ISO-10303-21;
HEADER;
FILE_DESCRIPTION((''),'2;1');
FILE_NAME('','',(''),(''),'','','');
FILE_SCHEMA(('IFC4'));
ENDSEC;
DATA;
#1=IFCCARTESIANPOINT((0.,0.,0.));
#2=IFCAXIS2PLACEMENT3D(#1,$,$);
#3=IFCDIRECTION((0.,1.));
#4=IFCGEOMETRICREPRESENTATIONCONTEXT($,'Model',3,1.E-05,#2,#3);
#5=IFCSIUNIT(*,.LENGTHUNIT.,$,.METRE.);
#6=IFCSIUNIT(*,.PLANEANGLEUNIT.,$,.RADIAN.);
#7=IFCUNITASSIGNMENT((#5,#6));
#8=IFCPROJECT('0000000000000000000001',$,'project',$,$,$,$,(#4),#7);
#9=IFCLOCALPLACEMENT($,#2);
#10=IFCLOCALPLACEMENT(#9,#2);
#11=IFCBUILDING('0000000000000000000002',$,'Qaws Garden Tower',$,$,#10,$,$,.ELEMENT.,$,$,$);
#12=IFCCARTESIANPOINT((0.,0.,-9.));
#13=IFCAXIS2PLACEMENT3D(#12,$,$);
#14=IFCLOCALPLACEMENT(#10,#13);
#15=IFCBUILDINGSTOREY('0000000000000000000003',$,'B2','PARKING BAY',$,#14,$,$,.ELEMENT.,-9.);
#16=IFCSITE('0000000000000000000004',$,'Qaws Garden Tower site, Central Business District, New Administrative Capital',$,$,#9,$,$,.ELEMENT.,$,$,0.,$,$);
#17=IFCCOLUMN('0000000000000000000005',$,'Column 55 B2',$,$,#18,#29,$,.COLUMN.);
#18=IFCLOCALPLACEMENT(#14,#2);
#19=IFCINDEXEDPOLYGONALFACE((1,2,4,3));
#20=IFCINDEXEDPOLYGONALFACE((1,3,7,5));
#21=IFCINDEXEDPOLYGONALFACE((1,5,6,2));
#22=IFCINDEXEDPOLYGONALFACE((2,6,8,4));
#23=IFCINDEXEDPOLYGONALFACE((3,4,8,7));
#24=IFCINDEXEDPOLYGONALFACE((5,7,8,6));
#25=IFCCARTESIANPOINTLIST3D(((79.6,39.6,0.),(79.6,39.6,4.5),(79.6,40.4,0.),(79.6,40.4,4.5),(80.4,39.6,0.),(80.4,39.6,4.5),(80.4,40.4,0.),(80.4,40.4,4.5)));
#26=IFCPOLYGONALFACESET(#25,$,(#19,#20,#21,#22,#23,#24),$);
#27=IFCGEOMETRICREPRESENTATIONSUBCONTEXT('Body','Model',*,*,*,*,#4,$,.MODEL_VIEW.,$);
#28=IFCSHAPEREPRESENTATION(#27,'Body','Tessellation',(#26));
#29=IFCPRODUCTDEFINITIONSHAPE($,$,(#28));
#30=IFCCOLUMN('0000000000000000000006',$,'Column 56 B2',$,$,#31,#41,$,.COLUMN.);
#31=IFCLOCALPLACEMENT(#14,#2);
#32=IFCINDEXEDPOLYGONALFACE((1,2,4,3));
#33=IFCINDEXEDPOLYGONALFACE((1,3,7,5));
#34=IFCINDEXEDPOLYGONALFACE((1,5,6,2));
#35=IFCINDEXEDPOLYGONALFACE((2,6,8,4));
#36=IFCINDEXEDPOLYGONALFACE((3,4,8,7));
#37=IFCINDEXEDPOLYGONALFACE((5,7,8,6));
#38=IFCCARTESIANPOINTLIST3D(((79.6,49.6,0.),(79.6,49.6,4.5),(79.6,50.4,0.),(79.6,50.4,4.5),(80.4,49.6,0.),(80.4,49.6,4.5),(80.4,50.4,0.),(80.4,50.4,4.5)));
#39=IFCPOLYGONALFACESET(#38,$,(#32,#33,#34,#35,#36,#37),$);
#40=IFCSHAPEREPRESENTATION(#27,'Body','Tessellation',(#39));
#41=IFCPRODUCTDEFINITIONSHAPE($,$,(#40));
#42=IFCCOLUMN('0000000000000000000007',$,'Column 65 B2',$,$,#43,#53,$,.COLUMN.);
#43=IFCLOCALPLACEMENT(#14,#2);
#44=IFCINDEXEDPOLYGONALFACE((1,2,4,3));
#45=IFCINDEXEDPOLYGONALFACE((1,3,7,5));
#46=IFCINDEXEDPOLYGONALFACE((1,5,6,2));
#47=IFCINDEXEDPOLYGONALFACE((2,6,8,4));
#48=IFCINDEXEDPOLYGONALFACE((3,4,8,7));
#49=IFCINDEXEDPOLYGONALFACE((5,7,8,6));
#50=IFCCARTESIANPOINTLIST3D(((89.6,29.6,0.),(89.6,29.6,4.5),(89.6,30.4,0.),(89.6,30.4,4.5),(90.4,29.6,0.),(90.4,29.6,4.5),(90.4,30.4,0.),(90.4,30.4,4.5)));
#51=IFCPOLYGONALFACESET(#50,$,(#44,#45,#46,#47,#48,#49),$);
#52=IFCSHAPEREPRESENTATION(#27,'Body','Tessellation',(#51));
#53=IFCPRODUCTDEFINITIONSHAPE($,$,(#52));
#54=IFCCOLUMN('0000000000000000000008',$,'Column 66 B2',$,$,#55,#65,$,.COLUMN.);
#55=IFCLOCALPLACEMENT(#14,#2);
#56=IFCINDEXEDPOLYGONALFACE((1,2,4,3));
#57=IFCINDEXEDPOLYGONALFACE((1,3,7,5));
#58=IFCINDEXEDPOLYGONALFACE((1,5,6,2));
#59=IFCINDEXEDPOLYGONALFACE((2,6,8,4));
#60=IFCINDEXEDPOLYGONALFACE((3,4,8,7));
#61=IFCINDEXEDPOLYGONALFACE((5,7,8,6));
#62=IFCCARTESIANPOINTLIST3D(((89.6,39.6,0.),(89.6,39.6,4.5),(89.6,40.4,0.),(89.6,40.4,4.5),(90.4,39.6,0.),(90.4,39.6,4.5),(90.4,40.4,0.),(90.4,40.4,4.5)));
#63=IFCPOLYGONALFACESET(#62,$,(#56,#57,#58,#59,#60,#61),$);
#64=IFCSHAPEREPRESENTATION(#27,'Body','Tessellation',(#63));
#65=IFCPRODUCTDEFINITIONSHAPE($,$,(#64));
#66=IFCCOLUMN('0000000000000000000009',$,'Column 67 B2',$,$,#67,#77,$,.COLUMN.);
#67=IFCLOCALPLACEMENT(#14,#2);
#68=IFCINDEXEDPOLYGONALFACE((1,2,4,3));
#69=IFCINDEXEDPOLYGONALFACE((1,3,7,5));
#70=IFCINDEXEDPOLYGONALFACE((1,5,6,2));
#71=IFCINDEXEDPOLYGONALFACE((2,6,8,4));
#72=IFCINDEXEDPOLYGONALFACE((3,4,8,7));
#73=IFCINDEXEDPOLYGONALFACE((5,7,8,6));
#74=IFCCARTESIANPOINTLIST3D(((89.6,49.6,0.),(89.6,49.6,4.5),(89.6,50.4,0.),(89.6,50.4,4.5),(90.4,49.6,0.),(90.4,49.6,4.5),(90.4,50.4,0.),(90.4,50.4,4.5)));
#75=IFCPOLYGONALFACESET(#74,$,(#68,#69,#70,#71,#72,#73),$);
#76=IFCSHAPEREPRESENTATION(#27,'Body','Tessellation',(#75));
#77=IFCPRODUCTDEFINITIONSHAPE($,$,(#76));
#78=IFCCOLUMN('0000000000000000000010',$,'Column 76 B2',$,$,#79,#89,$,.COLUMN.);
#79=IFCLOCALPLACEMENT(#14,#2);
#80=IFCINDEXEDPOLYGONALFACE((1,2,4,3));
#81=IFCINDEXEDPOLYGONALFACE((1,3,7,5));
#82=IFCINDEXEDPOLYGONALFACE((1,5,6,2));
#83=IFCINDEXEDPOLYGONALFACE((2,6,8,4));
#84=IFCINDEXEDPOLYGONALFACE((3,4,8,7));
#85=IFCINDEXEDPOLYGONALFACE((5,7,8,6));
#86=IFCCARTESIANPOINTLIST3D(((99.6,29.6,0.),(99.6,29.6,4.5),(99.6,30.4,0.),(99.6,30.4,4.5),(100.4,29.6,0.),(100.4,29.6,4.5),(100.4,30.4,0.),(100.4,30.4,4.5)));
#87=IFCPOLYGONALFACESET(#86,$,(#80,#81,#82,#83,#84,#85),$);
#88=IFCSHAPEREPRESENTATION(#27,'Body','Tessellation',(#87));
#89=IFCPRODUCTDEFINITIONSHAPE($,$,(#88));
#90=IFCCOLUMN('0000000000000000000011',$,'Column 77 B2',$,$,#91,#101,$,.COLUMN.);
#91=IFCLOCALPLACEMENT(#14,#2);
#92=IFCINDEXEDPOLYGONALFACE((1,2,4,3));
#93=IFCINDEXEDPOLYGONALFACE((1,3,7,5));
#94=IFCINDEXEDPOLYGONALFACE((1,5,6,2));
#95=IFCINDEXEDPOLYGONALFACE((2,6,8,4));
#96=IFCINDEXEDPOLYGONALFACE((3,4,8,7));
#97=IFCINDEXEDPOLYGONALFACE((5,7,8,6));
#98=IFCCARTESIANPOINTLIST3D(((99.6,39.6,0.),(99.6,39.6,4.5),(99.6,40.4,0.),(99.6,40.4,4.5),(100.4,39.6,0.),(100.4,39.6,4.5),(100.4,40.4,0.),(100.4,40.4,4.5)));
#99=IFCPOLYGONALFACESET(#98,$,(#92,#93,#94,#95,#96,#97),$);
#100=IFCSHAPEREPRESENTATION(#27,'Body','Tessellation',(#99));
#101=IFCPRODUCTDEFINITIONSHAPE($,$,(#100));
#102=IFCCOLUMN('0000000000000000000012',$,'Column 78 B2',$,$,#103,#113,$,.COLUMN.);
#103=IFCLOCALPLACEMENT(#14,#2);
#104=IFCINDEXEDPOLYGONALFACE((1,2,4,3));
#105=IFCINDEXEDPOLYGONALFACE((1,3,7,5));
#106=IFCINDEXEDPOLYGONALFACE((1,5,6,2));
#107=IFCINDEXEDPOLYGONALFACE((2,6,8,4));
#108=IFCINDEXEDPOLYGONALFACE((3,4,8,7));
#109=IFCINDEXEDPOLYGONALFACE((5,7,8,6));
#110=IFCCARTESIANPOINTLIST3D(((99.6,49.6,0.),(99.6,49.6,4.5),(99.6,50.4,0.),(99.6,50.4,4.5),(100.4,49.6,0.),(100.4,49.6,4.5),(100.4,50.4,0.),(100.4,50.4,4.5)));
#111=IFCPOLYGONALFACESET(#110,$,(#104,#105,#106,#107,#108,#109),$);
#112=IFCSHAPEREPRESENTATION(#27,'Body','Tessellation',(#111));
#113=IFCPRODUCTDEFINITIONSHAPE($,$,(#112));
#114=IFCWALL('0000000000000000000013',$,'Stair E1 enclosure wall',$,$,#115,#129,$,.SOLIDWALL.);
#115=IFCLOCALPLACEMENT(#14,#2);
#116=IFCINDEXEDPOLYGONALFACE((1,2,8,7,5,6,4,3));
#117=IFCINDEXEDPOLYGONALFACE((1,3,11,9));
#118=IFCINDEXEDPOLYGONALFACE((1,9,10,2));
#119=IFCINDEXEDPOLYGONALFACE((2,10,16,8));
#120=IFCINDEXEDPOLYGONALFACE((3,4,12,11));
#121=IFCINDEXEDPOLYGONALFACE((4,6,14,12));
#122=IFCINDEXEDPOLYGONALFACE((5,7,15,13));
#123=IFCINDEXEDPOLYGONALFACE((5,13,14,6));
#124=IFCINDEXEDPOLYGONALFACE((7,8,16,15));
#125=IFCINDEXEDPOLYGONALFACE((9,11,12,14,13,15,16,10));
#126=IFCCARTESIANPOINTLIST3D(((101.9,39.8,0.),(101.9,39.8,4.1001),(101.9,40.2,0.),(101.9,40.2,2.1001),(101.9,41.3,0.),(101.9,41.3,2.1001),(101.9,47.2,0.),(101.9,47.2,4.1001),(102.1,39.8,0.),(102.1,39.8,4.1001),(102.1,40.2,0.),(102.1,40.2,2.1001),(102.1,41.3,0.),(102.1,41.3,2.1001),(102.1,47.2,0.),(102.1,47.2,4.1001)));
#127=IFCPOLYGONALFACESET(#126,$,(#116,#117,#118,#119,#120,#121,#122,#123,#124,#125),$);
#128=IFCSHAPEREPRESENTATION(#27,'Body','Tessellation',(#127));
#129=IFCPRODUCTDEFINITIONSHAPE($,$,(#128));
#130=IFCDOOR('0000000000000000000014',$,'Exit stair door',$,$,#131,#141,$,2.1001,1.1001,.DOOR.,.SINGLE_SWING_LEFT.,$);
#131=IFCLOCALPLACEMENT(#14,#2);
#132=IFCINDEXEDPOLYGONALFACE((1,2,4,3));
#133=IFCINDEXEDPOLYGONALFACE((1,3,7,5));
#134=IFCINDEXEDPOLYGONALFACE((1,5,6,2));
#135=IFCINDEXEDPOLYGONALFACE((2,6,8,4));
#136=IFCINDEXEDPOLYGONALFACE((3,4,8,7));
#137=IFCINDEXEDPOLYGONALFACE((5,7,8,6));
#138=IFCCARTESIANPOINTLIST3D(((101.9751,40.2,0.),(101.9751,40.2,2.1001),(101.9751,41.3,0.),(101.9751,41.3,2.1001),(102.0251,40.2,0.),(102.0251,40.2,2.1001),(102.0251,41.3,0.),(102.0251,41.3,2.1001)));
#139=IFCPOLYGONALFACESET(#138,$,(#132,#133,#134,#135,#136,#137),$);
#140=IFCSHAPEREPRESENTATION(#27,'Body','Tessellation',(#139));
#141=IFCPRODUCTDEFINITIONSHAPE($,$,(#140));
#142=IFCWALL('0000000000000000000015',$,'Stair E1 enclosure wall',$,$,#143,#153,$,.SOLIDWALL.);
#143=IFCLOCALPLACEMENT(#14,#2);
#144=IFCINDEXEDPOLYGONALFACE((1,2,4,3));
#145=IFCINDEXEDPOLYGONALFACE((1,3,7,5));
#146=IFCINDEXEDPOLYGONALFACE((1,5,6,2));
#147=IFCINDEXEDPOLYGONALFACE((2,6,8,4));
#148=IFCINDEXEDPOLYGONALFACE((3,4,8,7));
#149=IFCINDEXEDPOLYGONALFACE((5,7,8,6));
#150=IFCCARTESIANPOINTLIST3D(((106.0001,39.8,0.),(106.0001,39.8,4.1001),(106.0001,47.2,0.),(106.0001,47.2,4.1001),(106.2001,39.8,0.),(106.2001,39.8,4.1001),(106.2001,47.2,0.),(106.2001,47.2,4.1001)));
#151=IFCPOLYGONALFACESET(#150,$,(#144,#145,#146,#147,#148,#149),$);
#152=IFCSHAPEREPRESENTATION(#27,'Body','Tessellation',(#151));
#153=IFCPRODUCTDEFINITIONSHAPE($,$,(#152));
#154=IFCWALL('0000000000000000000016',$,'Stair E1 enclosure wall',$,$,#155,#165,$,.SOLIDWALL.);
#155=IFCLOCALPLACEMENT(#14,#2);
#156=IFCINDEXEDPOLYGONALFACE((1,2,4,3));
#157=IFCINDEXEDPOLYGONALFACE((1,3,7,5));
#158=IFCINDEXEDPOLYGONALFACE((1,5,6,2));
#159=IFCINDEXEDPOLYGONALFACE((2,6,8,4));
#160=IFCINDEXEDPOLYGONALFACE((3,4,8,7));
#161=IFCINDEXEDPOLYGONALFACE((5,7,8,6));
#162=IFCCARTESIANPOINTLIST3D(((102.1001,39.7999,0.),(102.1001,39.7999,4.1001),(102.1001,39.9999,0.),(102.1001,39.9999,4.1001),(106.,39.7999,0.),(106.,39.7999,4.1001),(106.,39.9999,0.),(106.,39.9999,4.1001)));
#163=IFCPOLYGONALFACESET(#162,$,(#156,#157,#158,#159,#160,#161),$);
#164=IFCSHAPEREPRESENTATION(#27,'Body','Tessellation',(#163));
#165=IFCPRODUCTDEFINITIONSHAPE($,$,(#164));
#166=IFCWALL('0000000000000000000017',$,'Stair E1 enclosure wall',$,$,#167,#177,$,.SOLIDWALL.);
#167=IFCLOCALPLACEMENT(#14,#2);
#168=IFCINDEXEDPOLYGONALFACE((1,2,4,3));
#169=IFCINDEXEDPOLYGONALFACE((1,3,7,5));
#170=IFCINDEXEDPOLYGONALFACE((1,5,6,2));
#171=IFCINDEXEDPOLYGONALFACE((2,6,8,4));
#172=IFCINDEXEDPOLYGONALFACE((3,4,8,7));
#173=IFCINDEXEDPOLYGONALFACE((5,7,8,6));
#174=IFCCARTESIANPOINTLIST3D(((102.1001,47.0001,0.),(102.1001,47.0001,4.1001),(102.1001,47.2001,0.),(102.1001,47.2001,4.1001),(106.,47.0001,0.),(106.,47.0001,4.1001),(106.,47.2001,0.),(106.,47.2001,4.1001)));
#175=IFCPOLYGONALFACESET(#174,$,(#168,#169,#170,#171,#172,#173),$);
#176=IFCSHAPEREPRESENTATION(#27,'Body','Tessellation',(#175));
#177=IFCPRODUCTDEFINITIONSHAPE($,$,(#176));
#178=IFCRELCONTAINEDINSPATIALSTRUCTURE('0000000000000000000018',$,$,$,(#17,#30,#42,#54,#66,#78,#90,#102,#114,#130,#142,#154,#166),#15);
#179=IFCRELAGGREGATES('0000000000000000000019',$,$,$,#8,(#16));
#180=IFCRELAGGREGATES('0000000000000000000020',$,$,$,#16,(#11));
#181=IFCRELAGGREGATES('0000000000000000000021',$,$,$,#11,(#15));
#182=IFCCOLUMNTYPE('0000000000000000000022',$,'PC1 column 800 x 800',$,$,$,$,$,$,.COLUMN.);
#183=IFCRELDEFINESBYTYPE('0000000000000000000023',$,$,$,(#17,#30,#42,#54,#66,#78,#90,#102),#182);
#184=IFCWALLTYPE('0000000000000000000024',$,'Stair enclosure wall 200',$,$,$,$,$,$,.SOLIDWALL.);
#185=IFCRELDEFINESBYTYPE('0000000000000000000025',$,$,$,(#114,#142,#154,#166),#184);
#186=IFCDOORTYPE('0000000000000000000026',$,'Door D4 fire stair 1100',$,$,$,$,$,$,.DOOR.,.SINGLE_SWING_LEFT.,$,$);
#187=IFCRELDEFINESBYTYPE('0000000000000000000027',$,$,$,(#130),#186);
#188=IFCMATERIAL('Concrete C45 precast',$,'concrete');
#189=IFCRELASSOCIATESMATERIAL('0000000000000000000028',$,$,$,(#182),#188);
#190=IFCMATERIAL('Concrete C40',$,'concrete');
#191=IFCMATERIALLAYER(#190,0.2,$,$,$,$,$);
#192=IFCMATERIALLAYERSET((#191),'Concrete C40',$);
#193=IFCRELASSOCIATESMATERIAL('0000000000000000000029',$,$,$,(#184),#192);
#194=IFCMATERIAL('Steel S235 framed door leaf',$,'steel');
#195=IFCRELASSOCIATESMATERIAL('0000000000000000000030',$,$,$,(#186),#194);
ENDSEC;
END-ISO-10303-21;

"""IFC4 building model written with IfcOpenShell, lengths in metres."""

from ifc_helpers import new_model, si_unit, direction, frame, frame_2d, origin, origin_2d, place, context, subcontext, project, spatial, rectangle, extrude, material, layer, layer_set, material_profile, profile_set, type_object, element, fill, save


model = new_model("IFC4")

# Units and contexts
model_context = context("Model", 3, precision=1e-05, world=origin(), true_north=direction((0.0, 1.0)))
body_context = subcontext(model_context, "Body", "Model", "MODEL_VIEW")
ifc_project = project(units=[si_unit("LENGTHUNIT", "METRE"), si_unit("PLANEANGLEUNIT", "RADIAN")], contexts=[model_context])

# Site, building, storey
site_placement = place(None, origin())
site = spatial("IfcSite", under=ifc_project, at=site_placement, Name="Qaws Garden Tower site, Central Business District, New Administrative Capital", CompositionType="ELEMENT", RefElevation=0.0)
building_placement = place(site_placement, origin())
building = spatial("IfcBuilding", under=site, at=building_placement, Name="Qaws Garden Tower", CompositionType="ELEMENT")
storey_placement = place(building_placement, frame((0.0, 0.0, -9.0)))
storey = spatial("IfcBuildingStorey", under=building, at=storey_placement, Name="B2", Description="PARKING BAY", CompositionType="ELEMENT", Elevation=-9.0)

# Columns
ifc_material_1 = material(Name="Concrete C45 precast", Category="concrete")
ifc_material_profile_1 = material_profile(ifc_material_1, rectangle(XDim=0.8, YDim=0.8, at=origin_2d()), Name="PC1 column 800 x 800")
ifc_profile_set_1 = profile_set([ifc_material_profile_1], Name="Concrete C45 precast")
column_type_1 = type_object("IfcColumnType", Name="PC1 column 800 x 800", PredefinedType="COLUMN", material=ifc_profile_set_1)
for number, where, z_axis, x_axis, name in (
    (1, (80.0, 40.0, 0.0), (0.0, 0.0, 1.0), (1.0, 0.0, 0.0), "Column 55 B2"),
    (2, (80.0, 50.0, 0.0), (0.0, 0.0, 1.0), (1.0, 0.0, 0.0), "Column 56 B2"),
    (3, (90.0, 30.0, 0.0), (0.0, 0.0, 1.0), (1.0, 0.0, 0.0), "Column 65 B2"),
    (4, (90.0, 40.0, 0.0), (0.0, 0.0, 1.0), (1.0, 0.0, 0.0), "Column 66 B2"),
    (5, (90.0, 50.0, 0.0), (0.0, 0.0, 1.0), (1.0, 0.0, 0.0), "Column 67 B2"),
    (6, (100.0, 30.0, 0.0), (0.0, 0.0, 1.0), (1.0, 0.0, 0.0), "Column 76 B2"),
    (7, (100.0, 40.0, 0.0), (0.0, 0.0, 1.0), (1.0, 0.0, 0.0), "Column 77 B2"),
    (8, (100.0, 50.0, 0.0), (0.0, 0.0, 1.0), (1.0, 0.0, 0.0), "Column 78 B2"),
):
    element("IfcColumn", number, at=place(storey_placement, frame(where, z_axis=z_axis, x_axis=x_axis)), inside=storey, type_object=column_type_1, Name=name, PredefinedType="COLUMN", context=body_context, shape_type="SweptSolid", body=[
        extrude(rectangle(XDim=0.8, YDim=0.8, at=origin_2d()), origin(), (0.0, 0.0, 1.0), 4.5),
    ])

# Wall, opening, door
ifc_material_2 = material(Name="Concrete C40", Category="concrete")
ifc_layer_1 = layer(ifc_material_2, 0.2)
ifc_layer_set_1 = layer_set([ifc_layer_1], Name="Concrete C40")
wall_type = type_object("IfcWallType", Name="Stair enclosure wall 200", PredefinedType="SOLIDWALL", material=ifc_layer_set_1)
wall_1_placement = place(storey_placement, frame((102.0, 39.8, 0.0), z_axis=(0.0, 0.0, 1.0), x_axis=(0.0, 1.0, 0.0)))
wall_1 = element("IfcWall", 9, at=wall_1_placement, inside=storey, type_object=wall_type, Name="Stair E1 enclosure wall", PredefinedType="SOLIDWALL", context=body_context, shape_type="SweptSolid", body=[
    extrude(rectangle(XDim=7.3999, YDim=0.2, at=frame_2d((3.7, 0.0))), origin(), (0.0, 0.0, 1.0), 4.1001),
])
opening_placement = place(wall_1_placement, frame((0.3999, 0.0, 0.0)))
opening = element("IfcOpeningElement", 10, at=opening_placement, cuts=wall_1, PredefinedType="OPENING", context=body_context, shape_type="SweptSolid", body=[
    extrude(rectangle(XDim=1.1001, YDim=2.1001, at=frame_2d((0.55, 1.05))), frame((0.0, 0.1099, 0.0), z_axis=(0.0, -1.0, 0.0), x_axis=(1.0, 0.0, 0.0)), (0.0, 0.0, 1.0), 0.22),
])
ifc_material_3 = material(Name="Steel S235 framed door leaf", Category="steel")
door_type = type_object("IfcDoorType", Name="Door D4 fire stair 1100", OperationType="SINGLE_SWING_LEFT", PredefinedType="DOOR", material=ifc_material_3)
door_placement = place(opening_placement, origin())
door = element("IfcDoor", 11, at=door_placement, inside=storey, type_object=door_type, Name="Exit stair door", OperationType="SINGLE_SWING_LEFT", OverallHeight=2.1001, OverallWidth=1.1001, PredefinedType="DOOR", context=body_context, shape_type="SweptSolid", body=[
    extrude(rectangle(XDim=1.1001, YDim=2.1001, at=frame_2d((0.55, 1.05))), frame((0.0, 0.0249, 0.0), z_axis=(0.0, -1.0, 0.0), x_axis=(1.0, 0.0, 0.0)), (0.0, 0.0, 1.0), 0.05),
])
fill(opening, door)

# Walls
wall_2_placement = place(storey_placement, frame((106.1001, 39.8, 0.0), z_axis=(0.0, 0.0, 1.0), x_axis=(0.0, 1.0, 0.0)))
element("IfcWall", 12, at=wall_2_placement, inside=storey, type_object=wall_type, Name="Stair E1 enclosure wall", PredefinedType="SOLIDWALL", context=body_context, shape_type="SweptSolid", body=[
    extrude(rectangle(XDim=7.3999, YDim=0.2, at=frame_2d((3.7, 0.0))), origin(), (0.0, 0.0, 1.0), 4.1001),
])
for number, where, z_axis, x_axis, name in (
    (13, (102.1001, 39.8999, 0.0), (0.0, 0.0, 1.0), (1.0, 0.0, 0.0), "Stair E1 enclosure wall"),
    (14, (102.1001, 47.1001, 0.0), (0.0, 0.0, 1.0), (1.0, 0.0, 0.0), "Stair E1 enclosure wall"),
):
    element("IfcWall", number, at=place(storey_placement, frame(where, z_axis=z_axis, x_axis=x_axis)), inside=storey, type_object=wall_type, Name=name, PredefinedType="SOLIDWALL", context=body_context, shape_type="SweptSolid", body=[
        extrude(rectangle(XDim=3.8999, YDim=0.2, at=frame_2d((1.95, 0.0))), origin(), (0.0, 0.0, 1.0), 4.1001),
    ])

save(model, "model.ifc")
